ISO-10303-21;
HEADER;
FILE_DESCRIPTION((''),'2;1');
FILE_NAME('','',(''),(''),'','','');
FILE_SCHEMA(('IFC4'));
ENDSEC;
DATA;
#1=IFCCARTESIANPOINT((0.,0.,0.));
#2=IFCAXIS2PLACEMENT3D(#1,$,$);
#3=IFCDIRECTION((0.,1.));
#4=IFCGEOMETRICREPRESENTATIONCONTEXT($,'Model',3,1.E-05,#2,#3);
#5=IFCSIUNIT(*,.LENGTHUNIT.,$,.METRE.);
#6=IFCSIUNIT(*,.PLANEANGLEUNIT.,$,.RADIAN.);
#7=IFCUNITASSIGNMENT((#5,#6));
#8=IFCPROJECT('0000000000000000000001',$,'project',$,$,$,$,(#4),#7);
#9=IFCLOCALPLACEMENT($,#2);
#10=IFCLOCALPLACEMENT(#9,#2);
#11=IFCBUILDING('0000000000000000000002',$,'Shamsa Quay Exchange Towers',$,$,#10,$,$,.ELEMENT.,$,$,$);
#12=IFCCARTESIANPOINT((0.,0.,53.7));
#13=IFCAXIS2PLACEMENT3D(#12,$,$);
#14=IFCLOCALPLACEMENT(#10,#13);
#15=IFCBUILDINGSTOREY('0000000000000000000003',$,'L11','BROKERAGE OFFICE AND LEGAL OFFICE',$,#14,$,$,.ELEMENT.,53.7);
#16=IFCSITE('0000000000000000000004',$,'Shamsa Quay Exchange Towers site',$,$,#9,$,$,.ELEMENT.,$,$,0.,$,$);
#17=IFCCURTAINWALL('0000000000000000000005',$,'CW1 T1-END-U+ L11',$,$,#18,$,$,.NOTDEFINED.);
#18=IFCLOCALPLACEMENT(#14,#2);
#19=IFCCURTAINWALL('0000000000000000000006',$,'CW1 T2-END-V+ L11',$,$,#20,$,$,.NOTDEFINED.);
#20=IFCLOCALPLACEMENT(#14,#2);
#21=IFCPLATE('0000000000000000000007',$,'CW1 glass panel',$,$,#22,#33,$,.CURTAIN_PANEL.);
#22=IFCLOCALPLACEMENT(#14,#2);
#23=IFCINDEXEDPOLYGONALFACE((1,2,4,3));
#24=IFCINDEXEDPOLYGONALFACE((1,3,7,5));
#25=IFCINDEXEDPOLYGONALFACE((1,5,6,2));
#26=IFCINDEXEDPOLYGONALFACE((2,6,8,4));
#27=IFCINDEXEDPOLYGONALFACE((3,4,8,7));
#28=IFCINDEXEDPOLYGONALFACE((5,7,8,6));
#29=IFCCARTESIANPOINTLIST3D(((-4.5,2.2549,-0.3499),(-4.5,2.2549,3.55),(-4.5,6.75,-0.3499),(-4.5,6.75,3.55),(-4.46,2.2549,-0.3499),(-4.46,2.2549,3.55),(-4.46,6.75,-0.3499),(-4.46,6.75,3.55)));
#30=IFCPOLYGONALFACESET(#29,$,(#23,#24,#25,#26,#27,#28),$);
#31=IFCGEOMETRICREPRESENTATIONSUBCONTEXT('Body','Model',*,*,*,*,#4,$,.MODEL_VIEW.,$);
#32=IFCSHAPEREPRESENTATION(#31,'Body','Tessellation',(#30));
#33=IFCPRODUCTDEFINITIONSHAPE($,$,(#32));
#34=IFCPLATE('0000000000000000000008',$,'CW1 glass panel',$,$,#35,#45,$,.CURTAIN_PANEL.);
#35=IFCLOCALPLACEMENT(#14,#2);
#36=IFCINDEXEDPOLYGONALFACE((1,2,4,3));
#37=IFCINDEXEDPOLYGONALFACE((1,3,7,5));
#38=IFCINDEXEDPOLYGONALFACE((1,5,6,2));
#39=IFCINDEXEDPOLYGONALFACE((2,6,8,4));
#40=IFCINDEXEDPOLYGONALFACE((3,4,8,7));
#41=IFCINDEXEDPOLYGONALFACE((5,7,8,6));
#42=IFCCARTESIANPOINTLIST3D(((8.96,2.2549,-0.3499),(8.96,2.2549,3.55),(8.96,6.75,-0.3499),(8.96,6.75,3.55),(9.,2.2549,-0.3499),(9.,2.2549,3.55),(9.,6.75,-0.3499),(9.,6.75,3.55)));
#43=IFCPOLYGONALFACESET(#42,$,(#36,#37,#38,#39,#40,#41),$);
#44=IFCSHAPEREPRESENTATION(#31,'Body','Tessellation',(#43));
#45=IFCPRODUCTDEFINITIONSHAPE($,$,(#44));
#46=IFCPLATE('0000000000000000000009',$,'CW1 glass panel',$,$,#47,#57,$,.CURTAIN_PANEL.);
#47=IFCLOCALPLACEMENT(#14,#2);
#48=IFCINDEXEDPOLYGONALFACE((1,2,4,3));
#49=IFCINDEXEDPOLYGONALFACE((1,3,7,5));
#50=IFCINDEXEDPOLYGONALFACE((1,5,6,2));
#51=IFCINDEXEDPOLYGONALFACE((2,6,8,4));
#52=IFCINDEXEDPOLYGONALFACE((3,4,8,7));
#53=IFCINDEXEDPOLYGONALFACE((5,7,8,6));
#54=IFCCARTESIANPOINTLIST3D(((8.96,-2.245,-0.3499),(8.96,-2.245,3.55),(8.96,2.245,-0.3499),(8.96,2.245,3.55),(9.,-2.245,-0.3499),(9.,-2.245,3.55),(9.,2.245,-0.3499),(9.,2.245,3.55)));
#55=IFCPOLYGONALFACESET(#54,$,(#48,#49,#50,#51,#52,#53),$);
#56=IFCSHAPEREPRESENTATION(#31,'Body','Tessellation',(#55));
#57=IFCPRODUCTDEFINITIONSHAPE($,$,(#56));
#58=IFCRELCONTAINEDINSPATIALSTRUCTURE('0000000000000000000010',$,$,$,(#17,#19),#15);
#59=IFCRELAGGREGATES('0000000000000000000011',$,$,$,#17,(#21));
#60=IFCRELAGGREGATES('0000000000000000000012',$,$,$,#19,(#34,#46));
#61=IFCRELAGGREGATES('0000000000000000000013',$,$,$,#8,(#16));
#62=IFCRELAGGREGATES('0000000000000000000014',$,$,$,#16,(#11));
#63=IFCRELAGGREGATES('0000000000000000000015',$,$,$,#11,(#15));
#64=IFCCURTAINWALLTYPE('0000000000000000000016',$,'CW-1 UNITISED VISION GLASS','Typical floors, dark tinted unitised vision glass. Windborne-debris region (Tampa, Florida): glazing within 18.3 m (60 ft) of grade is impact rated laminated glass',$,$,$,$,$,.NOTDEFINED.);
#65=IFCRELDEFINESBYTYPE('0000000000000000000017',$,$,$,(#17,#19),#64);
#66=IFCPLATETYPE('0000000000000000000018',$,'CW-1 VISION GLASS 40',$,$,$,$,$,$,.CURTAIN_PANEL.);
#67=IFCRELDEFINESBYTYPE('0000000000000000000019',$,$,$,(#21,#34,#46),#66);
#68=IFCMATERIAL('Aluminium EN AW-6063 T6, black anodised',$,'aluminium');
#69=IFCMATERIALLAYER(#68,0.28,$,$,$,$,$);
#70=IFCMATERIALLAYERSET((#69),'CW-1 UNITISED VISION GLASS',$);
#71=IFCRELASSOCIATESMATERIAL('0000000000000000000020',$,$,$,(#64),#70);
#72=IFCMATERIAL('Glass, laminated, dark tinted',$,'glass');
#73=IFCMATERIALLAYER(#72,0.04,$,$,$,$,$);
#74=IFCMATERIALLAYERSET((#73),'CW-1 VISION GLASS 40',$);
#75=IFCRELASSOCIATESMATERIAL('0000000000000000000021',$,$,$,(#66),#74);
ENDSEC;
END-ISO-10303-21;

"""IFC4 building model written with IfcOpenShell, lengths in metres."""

from ifc_helpers import new_model, si_unit, direction, frame, origin, origin_2d, place, context, subcontext, project, spatial, rectangle, extrude, material, layer, layer_set, type_object, element, aggregate, save


model = new_model("IFC4")

# Units and contexts
model_context = context("Model", 3, precision=1e-05, world=origin(), true_north=direction((0.0, 1.0)))
body_context = subcontext(model_context, "Body", "Model", "MODEL_VIEW")
ifc_project = project(units=[si_unit("LENGTHUNIT", "METRE"), si_unit("PLANEANGLEUNIT", "RADIAN")], contexts=[model_context])

# Site, building, storey
site_placement = place(None, origin())
site = spatial("IfcSite", under=ifc_project, at=site_placement, Name="Shamsa Quay Exchange Towers site", CompositionType="ELEMENT", RefElevation=0.0)
building_placement = place(site_placement, origin())
building = spatial("IfcBuilding", under=site, at=building_placement, Name="Shamsa Quay Exchange Towers", CompositionType="ELEMENT")
storey_placement = place(building_placement, frame((0.0, 0.0, 53.7)))
storey = spatial("IfcBuildingStorey", under=building, at=storey_placement, Name="L11", Description="BROKERAGE OFFICE AND LEGAL OFFICE", CompositionType="ELEMENT", Elevation=53.7)

# Curtain walls
ifc_material_1 = material(Name="Aluminium EN AW-6063 T6, black anodised", Category="aluminium")
ifc_layer_1 = layer(ifc_material_1, 0.28)
ifc_layer_set_1 = layer_set([ifc_layer_1], Name="CW-1 UNITISED VISION GLASS")
curtain_wall_type = type_object("IfcCurtainWallType", Name="CW-1 UNITISED VISION GLASS", Description="Typical floors, dark tinted unitised vision glass. Windborne-debris region (Tampa, Florida): glazing within 18.3 m (60 ft) of grade is impact rated laminated glass", PredefinedType="NOTDEFINED", material=ifc_layer_set_1)
curtain_wall_1_placement = place(storey_placement, origin())
curtain_wall_1 = element("IfcCurtainWall", 1, at=curtain_wall_1_placement, inside=storey, type_object=curtain_wall_type, Name="CW1 T1-END-U+ L11", PredefinedType="NOTDEFINED")
curtain_wall_2_placement = place(storey_placement, origin())
curtain_wall_2 = element("IfcCurtainWall", 2, at=curtain_wall_2_placement, inside=storey, type_object=curtain_wall_type, Name="CW1 T2-END-V+ L11", PredefinedType="NOTDEFINED")

# Plates
ifc_material_2 = material(Name="Glass, laminated, dark tinted", Category="glass")
ifc_layer_2 = layer(ifc_material_2, 0.04)
ifc_layer_set_2 = layer_set([ifc_layer_2], Name="CW-1 VISION GLASS 40")
plate_type = type_object("IfcPlateType", Name="CW-1 VISION GLASS 40", PredefinedType="CURTAIN_PANEL", material=ifc_layer_set_2)
plate_1_placement = place(storey_placement, frame((-4.48, 4.5024, -0.3499), z_axis=(0.0, 0.0, 1.0), x_axis=(0.0, 1.0, 0.0)))
plate_1 = element("IfcPlate", 3, at=plate_1_placement, type_object=plate_type, Name="CW1 glass panel", PredefinedType="CURTAIN_PANEL", context=body_context, shape_type="SweptSolid", body=[
    extrude(rectangle(XDim=4.4951, YDim=0.04, at=origin_2d()), origin(), (0.0, 0.0, 1.0), 3.8999),
])
aggregate(curtain_wall_1, [plate_1])
plate_2_placement = place(storey_placement, frame((8.98, 4.5024, -0.3499), z_axis=(0.0, 0.0, 1.0), x_axis=(0.0, -1.0, 0.0)))
plate_2 = element("IfcPlate", 4, at=plate_2_placement, type_object=plate_type, Name="CW1 glass panel", PredefinedType="CURTAIN_PANEL", context=body_context, shape_type="SweptSolid", body=[
    extrude(rectangle(XDim=4.4951, YDim=0.04, at=origin_2d()), origin(), (0.0, 0.0, 1.0), 3.8999),
])
plate_3_placement = place(storey_placement, frame((8.98, 0.0, -0.3499), z_axis=(0.0, 0.0, 1.0), x_axis=(0.0, -1.0, 0.0)))
plate_3 = element("IfcPlate", 5, at=plate_3_placement, type_object=plate_type, Name="CW1 glass panel", PredefinedType="CURTAIN_PANEL", context=body_context, shape_type="SweptSolid", body=[
    extrude(rectangle(XDim=4.49, YDim=0.04, at=origin_2d()), origin(), (0.0, 0.0, 1.0), 3.8999),
])
aggregate(curtain_wall_2, [plate_2, plate_3])

save(model, "model.ifc")
